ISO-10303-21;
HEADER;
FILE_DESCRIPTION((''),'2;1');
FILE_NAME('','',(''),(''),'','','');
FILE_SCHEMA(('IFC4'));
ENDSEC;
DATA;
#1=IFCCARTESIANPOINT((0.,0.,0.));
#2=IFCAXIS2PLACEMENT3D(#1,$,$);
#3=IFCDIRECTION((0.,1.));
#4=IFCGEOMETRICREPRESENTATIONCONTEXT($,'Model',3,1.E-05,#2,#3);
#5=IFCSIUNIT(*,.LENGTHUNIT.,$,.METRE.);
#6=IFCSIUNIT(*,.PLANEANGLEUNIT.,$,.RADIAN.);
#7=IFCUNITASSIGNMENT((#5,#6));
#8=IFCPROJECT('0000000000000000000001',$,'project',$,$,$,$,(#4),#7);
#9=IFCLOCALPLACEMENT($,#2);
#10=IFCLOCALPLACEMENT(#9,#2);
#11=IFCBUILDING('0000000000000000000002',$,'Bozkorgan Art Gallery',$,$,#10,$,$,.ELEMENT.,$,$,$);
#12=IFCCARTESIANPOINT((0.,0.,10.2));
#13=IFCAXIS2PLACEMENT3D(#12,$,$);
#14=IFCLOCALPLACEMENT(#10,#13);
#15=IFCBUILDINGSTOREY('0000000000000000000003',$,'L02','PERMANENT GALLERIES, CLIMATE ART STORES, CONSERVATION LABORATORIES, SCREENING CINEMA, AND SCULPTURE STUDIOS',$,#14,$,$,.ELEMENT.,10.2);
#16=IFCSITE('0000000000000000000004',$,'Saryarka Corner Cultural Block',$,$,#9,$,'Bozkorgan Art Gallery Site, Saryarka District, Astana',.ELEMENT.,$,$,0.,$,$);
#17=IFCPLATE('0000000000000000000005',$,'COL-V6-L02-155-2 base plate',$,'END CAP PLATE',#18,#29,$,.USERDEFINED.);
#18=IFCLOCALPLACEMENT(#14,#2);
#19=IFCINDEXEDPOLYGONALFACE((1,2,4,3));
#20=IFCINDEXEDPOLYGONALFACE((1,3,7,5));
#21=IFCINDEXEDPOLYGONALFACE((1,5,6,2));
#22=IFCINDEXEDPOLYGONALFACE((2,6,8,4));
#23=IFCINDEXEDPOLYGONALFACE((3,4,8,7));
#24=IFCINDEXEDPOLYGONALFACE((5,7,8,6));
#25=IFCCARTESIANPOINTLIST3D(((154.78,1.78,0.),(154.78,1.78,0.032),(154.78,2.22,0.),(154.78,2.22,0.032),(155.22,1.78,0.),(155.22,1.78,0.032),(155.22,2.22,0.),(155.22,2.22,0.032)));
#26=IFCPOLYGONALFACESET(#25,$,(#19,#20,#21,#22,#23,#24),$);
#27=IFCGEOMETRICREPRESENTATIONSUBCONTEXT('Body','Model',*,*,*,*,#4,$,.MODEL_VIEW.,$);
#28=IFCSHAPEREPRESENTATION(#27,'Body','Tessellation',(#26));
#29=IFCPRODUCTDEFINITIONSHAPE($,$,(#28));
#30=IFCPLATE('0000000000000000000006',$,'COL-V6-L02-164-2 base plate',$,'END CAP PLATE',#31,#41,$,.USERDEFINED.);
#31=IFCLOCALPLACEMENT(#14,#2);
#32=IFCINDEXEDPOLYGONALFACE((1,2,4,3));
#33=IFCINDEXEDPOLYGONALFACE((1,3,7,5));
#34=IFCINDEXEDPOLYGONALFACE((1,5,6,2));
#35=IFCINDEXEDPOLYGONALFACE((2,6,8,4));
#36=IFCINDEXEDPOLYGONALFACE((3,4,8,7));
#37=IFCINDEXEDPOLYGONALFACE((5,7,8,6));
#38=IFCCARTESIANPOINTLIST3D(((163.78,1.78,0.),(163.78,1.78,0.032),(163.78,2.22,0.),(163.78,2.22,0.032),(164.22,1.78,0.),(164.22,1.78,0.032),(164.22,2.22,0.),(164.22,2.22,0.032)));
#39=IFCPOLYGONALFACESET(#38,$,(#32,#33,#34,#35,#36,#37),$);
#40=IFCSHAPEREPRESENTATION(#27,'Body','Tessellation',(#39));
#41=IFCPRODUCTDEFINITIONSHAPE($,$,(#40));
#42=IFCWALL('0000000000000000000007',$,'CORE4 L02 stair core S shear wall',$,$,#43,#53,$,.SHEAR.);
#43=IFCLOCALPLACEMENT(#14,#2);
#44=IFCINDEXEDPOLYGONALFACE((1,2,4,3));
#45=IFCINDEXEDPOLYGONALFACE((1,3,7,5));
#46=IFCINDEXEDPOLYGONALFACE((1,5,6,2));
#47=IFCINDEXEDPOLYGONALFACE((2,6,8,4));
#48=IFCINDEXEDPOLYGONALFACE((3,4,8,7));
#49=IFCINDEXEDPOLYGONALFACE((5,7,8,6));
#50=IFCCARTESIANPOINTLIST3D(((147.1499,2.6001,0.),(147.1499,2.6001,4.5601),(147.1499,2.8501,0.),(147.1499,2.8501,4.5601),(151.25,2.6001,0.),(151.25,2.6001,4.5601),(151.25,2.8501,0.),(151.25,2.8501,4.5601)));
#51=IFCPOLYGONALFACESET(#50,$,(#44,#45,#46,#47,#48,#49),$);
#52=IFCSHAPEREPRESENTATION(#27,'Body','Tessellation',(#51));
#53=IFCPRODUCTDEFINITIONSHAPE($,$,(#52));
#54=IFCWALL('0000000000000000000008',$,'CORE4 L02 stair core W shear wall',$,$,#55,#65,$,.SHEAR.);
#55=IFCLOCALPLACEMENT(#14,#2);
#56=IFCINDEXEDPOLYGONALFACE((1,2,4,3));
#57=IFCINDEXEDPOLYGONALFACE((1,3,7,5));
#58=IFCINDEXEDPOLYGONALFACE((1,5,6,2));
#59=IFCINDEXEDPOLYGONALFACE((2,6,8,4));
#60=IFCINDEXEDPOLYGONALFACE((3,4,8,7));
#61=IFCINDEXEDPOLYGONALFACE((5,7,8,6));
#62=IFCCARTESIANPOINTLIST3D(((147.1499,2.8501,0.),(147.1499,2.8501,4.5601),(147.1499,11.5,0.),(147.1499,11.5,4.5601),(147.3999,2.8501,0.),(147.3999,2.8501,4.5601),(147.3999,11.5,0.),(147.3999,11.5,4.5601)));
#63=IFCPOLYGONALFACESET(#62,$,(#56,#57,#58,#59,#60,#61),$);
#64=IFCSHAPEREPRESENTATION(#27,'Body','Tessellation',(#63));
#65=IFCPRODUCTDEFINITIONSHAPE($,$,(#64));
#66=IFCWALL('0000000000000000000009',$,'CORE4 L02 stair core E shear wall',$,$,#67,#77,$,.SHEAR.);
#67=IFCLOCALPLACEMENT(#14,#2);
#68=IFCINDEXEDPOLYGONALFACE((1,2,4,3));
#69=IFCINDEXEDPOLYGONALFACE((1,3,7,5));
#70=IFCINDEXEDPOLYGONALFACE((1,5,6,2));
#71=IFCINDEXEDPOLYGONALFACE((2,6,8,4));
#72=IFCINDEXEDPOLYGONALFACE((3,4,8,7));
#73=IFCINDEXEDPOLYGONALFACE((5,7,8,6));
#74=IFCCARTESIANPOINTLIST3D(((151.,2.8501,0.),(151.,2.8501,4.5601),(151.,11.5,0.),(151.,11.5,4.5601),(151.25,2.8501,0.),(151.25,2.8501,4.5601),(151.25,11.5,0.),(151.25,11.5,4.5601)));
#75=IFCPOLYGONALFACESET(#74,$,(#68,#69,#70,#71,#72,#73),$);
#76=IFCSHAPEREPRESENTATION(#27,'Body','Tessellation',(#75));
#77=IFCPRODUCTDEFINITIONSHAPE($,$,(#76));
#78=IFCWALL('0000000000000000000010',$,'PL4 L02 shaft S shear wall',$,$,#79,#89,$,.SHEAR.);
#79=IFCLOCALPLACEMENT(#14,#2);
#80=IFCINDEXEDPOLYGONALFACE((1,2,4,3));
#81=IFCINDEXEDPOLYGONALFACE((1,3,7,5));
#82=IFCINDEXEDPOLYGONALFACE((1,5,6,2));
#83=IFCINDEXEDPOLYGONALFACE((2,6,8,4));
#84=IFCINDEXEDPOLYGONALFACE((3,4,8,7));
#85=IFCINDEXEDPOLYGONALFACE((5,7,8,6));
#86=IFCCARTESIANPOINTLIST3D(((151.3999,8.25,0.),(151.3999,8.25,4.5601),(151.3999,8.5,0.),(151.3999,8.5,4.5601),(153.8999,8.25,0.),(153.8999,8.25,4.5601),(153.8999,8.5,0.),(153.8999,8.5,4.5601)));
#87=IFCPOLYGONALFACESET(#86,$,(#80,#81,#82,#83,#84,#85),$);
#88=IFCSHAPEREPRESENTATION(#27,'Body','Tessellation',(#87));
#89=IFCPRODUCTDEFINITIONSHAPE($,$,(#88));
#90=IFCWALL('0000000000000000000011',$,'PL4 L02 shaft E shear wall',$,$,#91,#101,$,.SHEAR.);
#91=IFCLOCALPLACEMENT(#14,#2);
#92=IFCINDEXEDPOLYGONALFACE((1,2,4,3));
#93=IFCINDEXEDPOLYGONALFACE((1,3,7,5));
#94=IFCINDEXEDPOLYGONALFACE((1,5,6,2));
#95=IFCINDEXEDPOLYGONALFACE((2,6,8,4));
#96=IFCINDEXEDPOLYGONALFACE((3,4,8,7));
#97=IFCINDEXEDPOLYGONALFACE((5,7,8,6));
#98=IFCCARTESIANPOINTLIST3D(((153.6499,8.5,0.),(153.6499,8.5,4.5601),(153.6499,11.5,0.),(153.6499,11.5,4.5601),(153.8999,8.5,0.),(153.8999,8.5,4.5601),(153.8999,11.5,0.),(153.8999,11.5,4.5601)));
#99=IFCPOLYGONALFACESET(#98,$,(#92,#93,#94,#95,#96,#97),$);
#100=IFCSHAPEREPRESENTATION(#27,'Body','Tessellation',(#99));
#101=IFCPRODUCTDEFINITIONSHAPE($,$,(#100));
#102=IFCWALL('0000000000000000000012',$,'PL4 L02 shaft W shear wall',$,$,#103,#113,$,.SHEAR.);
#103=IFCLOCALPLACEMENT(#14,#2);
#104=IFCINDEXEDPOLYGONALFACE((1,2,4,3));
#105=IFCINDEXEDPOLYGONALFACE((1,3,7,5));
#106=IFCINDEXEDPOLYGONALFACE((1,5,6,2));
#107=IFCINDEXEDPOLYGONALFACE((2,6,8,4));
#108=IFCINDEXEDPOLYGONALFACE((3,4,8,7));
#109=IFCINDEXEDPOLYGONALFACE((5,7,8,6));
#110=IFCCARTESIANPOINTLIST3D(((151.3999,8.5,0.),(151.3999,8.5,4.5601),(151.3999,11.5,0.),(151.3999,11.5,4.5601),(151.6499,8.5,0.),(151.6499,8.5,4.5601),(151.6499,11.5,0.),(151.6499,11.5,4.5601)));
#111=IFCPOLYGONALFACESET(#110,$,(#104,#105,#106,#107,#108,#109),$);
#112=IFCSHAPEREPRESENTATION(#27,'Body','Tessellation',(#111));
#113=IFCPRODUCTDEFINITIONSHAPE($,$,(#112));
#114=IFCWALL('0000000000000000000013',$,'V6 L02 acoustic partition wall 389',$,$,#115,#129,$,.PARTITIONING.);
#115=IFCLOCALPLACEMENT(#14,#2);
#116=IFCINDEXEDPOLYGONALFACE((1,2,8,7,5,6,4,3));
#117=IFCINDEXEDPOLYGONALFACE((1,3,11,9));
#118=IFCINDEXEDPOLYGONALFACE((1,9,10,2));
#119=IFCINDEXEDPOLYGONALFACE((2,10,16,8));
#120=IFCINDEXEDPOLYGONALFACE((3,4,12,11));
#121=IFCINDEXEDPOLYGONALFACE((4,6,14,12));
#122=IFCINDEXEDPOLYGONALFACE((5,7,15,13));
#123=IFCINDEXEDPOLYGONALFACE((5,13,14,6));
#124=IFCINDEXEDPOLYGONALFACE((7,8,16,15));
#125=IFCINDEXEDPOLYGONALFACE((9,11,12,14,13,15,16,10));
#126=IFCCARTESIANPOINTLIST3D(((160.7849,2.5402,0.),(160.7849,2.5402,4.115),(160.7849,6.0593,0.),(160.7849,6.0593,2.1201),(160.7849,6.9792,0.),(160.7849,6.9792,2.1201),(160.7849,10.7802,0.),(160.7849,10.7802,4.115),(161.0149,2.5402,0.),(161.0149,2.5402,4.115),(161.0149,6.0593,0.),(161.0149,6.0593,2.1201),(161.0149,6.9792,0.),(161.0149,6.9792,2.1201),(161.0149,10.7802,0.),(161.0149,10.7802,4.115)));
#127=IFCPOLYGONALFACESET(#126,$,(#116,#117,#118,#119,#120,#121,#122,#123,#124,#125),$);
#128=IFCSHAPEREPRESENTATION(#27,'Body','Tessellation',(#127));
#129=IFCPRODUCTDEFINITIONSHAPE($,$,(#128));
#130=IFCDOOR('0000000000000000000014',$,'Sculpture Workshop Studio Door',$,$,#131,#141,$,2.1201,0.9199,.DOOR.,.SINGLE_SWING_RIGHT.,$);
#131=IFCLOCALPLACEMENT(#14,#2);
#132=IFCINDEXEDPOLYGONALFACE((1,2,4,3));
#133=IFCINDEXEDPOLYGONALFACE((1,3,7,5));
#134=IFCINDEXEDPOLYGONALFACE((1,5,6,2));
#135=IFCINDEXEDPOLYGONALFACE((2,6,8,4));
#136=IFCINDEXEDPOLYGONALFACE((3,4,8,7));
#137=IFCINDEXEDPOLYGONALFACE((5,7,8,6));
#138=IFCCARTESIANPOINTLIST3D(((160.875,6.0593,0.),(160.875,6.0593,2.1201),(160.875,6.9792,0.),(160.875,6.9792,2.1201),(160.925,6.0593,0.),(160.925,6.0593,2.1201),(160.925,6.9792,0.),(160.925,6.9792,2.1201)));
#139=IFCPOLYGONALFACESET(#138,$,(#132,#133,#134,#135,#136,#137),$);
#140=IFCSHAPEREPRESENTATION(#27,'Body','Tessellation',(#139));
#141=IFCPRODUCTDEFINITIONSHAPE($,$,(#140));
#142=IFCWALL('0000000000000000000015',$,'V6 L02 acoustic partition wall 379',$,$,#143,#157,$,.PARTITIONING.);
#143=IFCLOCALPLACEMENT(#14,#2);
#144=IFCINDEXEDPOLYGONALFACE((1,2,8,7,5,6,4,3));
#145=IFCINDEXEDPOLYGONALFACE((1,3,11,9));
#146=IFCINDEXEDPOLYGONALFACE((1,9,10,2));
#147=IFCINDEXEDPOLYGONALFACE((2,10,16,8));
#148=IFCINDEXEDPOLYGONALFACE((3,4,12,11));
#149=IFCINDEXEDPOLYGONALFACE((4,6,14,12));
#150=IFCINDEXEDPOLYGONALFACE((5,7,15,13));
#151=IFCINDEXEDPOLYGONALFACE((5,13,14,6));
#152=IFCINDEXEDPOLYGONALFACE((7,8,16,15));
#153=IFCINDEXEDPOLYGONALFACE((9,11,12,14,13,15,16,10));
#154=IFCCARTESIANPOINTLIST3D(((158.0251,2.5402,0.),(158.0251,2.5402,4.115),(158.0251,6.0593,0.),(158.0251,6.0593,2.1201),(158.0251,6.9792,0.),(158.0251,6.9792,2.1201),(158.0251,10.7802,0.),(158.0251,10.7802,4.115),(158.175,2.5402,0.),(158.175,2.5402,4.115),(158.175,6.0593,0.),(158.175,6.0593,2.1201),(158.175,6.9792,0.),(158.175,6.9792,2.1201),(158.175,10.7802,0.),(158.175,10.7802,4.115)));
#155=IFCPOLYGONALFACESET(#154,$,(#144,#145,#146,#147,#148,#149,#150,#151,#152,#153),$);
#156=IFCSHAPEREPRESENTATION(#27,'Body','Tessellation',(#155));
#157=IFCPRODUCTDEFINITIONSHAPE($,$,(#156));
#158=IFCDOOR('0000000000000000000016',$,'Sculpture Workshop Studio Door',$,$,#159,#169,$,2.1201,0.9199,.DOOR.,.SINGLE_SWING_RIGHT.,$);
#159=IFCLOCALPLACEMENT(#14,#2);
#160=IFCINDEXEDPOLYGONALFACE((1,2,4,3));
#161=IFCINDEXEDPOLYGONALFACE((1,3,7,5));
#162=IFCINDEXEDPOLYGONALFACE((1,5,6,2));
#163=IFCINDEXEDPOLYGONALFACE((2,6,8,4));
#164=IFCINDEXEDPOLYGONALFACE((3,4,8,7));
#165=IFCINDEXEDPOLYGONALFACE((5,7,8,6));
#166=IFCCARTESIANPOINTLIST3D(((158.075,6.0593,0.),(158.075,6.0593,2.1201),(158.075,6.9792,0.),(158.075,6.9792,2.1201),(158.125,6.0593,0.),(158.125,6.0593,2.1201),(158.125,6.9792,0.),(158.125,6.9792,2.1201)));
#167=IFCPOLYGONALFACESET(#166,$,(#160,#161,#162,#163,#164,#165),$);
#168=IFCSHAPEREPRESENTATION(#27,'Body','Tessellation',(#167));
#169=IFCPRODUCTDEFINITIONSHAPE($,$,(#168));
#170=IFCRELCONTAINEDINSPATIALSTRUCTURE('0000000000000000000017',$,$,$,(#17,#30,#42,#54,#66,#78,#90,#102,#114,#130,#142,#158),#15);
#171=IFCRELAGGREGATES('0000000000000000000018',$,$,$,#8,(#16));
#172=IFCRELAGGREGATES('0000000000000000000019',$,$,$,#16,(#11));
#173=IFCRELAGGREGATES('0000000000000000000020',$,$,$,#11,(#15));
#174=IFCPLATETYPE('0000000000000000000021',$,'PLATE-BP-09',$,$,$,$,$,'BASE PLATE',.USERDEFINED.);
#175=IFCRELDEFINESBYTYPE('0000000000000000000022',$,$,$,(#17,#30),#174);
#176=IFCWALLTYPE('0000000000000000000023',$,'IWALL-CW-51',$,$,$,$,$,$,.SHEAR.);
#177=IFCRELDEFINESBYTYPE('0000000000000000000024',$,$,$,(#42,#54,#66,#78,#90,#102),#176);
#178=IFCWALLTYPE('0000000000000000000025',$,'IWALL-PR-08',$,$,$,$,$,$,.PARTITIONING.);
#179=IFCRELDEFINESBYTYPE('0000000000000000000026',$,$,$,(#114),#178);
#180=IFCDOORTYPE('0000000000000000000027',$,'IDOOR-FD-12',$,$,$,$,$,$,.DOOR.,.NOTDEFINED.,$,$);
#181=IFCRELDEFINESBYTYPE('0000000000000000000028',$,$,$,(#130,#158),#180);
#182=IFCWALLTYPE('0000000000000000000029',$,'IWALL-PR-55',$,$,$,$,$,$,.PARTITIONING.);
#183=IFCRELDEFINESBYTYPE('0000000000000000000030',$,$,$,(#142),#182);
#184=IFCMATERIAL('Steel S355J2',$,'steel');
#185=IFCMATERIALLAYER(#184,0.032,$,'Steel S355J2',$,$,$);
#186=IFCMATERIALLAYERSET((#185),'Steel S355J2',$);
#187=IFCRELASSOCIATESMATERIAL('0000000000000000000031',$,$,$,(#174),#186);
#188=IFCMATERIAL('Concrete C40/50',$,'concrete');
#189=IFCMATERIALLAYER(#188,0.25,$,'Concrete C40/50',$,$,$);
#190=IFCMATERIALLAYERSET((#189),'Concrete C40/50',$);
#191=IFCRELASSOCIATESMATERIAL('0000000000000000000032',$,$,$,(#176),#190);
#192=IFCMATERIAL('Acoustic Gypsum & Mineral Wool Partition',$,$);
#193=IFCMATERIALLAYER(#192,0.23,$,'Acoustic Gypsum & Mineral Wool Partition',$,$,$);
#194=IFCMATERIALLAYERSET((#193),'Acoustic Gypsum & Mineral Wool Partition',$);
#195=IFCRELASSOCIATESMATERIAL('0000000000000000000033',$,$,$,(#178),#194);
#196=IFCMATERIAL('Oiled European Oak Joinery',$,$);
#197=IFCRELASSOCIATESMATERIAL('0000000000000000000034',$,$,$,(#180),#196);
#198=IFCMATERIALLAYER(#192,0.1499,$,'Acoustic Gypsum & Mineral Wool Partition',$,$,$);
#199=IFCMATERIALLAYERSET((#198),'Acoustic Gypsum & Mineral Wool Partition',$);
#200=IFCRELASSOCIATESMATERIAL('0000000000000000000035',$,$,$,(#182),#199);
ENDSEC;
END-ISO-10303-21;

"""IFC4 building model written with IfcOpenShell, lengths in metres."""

from ifc_helpers import new_model, si_unit, direction, frame, frame_2d, origin, origin_2d, place, context, subcontext, project, spatial, rectangle, extrude, material, layer, layer_set, type_object, element, fill, save


model = new_model("IFC4")

# Units and contexts
model_context = context("Model", 3, precision=1e-05, world=origin(), true_north=direction((0.0, 1.0)))
body_context = subcontext(model_context, "Body", "Model", "MODEL_VIEW")
ifc_project = project(units=[si_unit("LENGTHUNIT", "METRE"), si_unit("PLANEANGLEUNIT", "RADIAN")], contexts=[model_context])

# Site, building, storey
site_placement = place(None, origin())
site = spatial("IfcSite", under=ifc_project, at=site_placement, Name="Saryarka Corner Cultural Block", LongName="Bozkorgan Art Gallery Site, Saryarka District, Astana", CompositionType="ELEMENT", RefElevation=0.0)
building_placement = place(site_placement, origin())
building = spatial("IfcBuilding", under=site, at=building_placement, Name="Bozkorgan Art Gallery", CompositionType="ELEMENT")
storey_placement = place(building_placement, frame((0.0, 0.0, 10.2)))
storey = spatial("IfcBuildingStorey", under=building, at=storey_placement, Name="L02", Description="PERMANENT GALLERIES, CLIMATE ART STORES, CONSERVATION LABORATORIES, SCREENING CINEMA, AND SCULPTURE STUDIOS", CompositionType="ELEMENT", Elevation=10.2)

# Shared definitions
ifc_material_1 = material(Name="Steel S355J2", Category="steel")

# Plates
ifc_layer_1 = layer(ifc_material_1, 0.032, Name="Steel S355J2")
ifc_layer_set_1 = layer_set([ifc_layer_1], Name="Steel S355J2")
plate_type = type_object("IfcPlateType", Name="PLATE-BP-09", ElementType="BASE PLATE", PredefinedType="USERDEFINED", material=ifc_layer_set_1)
for number, where, z_axis, x_axis, name in (
    (1, (155.0, 2.0, 0.0), (0.0, 0.0, 1.0), (1.0, 0.0, 0.0), "COL-V6-L02-155-2 base plate"),
    (2, (164.0, 2.0, 0.0), (0.0, 0.0, 1.0), (1.0, 0.0, 0.0), "COL-V6-L02-164-2 base plate"),
):
    element("IfcPlate", number, at=place(storey_placement, frame(where, z_axis=z_axis, x_axis=x_axis)), inside=storey, type_object=plate_type, Name=name, ObjectType="END CAP PLATE", PredefinedType="USERDEFINED", context=body_context, shape_type="SweptSolid", body=[
        extrude(rectangle(XDim=0.4399, YDim=0.4399, at=origin_2d()), origin(), (0.0, 0.0, 1.0), 0.032),
    ])

# Walls
ifc_material_2 = material(Name="Concrete C40/50", Category="concrete")
ifc_layer_2 = layer(ifc_material_2, 0.25, Name="Concrete C40/50")
ifc_layer_set_2 = layer_set([ifc_layer_2], Name="Concrete C40/50")
wall_type_1 = type_object("IfcWallType", Name="IWALL-CW-51", PredefinedType="SHEAR", material=ifc_layer_set_2)
wall_1_placement = place(storey_placement, frame((147.1499, 2.7251, 0.0), z_axis=(0.0, 0.0, 1.0), x_axis=(1.0, 0.0, 0.0)))
element("IfcWall", 3, at=wall_1_placement, inside=storey, type_object=wall_type_1, Name="CORE4 L02 stair core S shear wall", PredefinedType="SHEAR", context=body_context, shape_type="SweptSolid", body=[
    extrude(rectangle(XDim=4.1001, YDim=0.25, at=frame_2d((2.05, 0.0))), origin(), (0.0, 0.0, 1.0), 4.5601),
])
for number, where, z_axis, x_axis, name in (
    (4, (147.2749, 2.8501, 0.0), (0.0, 0.0, 1.0), (0.0, 1.0, 0.0), "CORE4 L02 stair core W shear wall"),
    (5, (151.125, 2.8501, 0.0), (0.0, 0.0, 1.0), (0.0, 1.0, 0.0), "CORE4 L02 stair core E shear wall"),
):
    element("IfcWall", number, at=place(storey_placement, frame(where, z_axis=z_axis, x_axis=x_axis)), inside=storey, type_object=wall_type_1, Name=name, PredefinedType="SHEAR", context=body_context, shape_type="SweptSolid", body=[
        extrude(rectangle(XDim=8.6499, YDim=0.25, at=frame_2d((4.325, 0.0))), origin(), (0.0, 0.0, 1.0), 4.5601),
    ])
wall_2_placement = place(storey_placement, frame((151.3999, 8.375, 0.0), z_axis=(0.0, 0.0, 1.0), x_axis=(1.0, 0.0, 0.0)))
element("IfcWall", 6, at=wall_2_placement, inside=storey, type_object=wall_type_1, Name="PL4 L02 shaft S shear wall", PredefinedType="SHEAR", context=body_context, shape_type="SweptSolid", body=[
    extrude(rectangle(XDim=2.5, YDim=0.25, at=frame_2d((1.25, 0.0))), origin(), (0.0, 0.0, 1.0), 4.5601),
])
for number, where, z_axis, x_axis, name in (
    (7, (153.7749, 8.5, 0.0), (0.0, 0.0, 1.0), (0.0, 1.0, 0.0), "PL4 L02 shaft E shear wall"),
    (8, (151.5249, 8.5, 0.0), (0.0, 0.0, 1.0), (0.0, 1.0, 0.0), "PL4 L02 shaft W shear wall"),
):
    element("IfcWall", number, at=place(storey_placement, frame(where, z_axis=z_axis, x_axis=x_axis)), inside=storey, type_object=wall_type_1, Name=name, PredefinedType="SHEAR", context=body_context, shape_type="SweptSolid", body=[
        extrude(rectangle(XDim=3.0, YDim=0.25, at=frame_2d((1.5, 0.0))), origin(), (0.0, 0.0, 1.0), 4.5601),
    ])

# Walls, openings, doors
ifc_material_3 = material(Name="Acoustic Gypsum & Mineral Wool Partition")
ifc_layer_3 = layer(ifc_material_3, 0.23, Name="Acoustic Gypsum & Mineral Wool Partition")
ifc_layer_set_3 = layer_set([ifc_layer_3], Name="Acoustic Gypsum & Mineral Wool Partition")
wall_type_2 = type_object("IfcWallType", Name="IWALL-PR-08", PredefinedType="PARTITIONING", material=ifc_layer_set_3)
wall_3_placement = place(storey_placement, frame((160.8999, 2.54, 0.0), z_axis=(0.0, 0.0, 1.0), x_axis=(0.0, 1.0, 0.0)))
wall_3 = element("IfcWall", 9, at=wall_3_placement, inside=storey, type_object=wall_type_2, Name="V6 L02 acoustic partition wall 389", PredefinedType="PARTITIONING", context=body_context, shape_type="SweptSolid", body=[
    extrude(rectangle(XDim=8.24, YDim=0.23, at=frame_2d((4.1201, 0.0))), origin(), (0.0, 0.0, 1.0), 4.115),
])
opening_1_placement = place(wall_3_placement, frame((3.5193, 0.0, 0.0)))
opening_1 = element("IfcOpeningElement", 10, at=opening_1_placement, cuts=wall_3, PredefinedType="OPENING", context=body_context, shape_type="SweptSolid", body=[
    extrude(rectangle(XDim=0.9199, YDim=2.1201, at=frame_2d((0.46, 1.0601))), frame((0.0, 0.125, 0.0), z_axis=(0.0, -1.0, 0.0), x_axis=(1.0, 0.0, 0.0)), (0.0, 0.0, 1.0), 0.25),
])
ifc_material_4 = material(Name="Oiled European Oak Joinery")
door_type = type_object("IfcDoorType", Name="IDOOR-FD-12", OperationType="NOTDEFINED", PredefinedType="DOOR", material=ifc_material_4)
door_1_placement = place(opening_1_placement, origin())
door_1 = element("IfcDoor", 11, at=door_1_placement, inside=storey, type_object=door_type, Name="Sculpture Workshop Studio Door", OperationType="SINGLE_SWING_RIGHT", OverallHeight=2.1201, OverallWidth=0.9199, PredefinedType="DOOR", context=body_context, shape_type="SweptSolid", body=[
    extrude(rectangle(XDim=0.9199, YDim=2.1201, at=frame_2d((0.46, 1.0601))), frame((0.0, 0.0249, 0.0), z_axis=(0.0, -1.0, 0.0), x_axis=(1.0, 0.0, 0.0)), (0.0, 0.0, 1.0), 0.05),
])
fill(opening_1, door_1)
ifc_layer_4 = layer(ifc_material_3, 0.1499, Name="Acoustic Gypsum & Mineral Wool Partition")
ifc_layer_set_4 = layer_set([ifc_layer_4], Name="Acoustic Gypsum & Mineral Wool Partition")
wall_type_3 = type_object("IfcWallType", Name="IWALL-PR-55", PredefinedType="PARTITIONING", material=ifc_layer_set_4)
wall_4_placement = place(storey_placement, frame((158.1001, 2.54, 0.0), z_axis=(0.0, 0.0, 1.0), x_axis=(0.0, 1.0, 0.0)))
wall_4 = element("IfcWall", 12, at=wall_4_placement, inside=storey, type_object=wall_type_3, Name="V6 L02 acoustic partition wall 379", PredefinedType="PARTITIONING", context=body_context, shape_type="SweptSolid", body=[
    extrude(rectangle(XDim=8.24, YDim=0.1499, at=frame_2d((4.1201, 0.0))), origin(), (0.0, 0.0, 1.0), 4.115),
])
opening_2_placement = place(wall_4_placement, frame((4.4392, 0.0, 0.0), z_axis=(0.0, 0.0, 1.0), x_axis=(-1.0, 0.0, 0.0)))
opening_2 = element("IfcOpeningElement", 13, at=opening_2_placement, cuts=wall_4, PredefinedType="OPENING", context=body_context, shape_type="SweptSolid", body=[
    extrude(rectangle(XDim=0.9199, YDim=2.1201, at=frame_2d((0.46, 1.0601))), frame((0.0, 0.085, 0.0), z_axis=(0.0, -1.0, 0.0), x_axis=(1.0, 0.0, 0.0)), (0.0, 0.0, 1.0), 0.1699),
])
door_2_placement = place(opening_2_placement, origin())
door_2 = element("IfcDoor", 14, at=door_2_placement, inside=storey, type_object=door_type, Name="Sculpture Workshop Studio Door", OperationType="SINGLE_SWING_RIGHT", OverallHeight=2.1201, OverallWidth=0.9199, PredefinedType="DOOR", context=body_context, shape_type="SweptSolid", body=[
    extrude(rectangle(XDim=0.9199, YDim=2.1201, at=frame_2d((0.46, 1.0601))), frame((0.0, 0.0249, 0.0), z_axis=(0.0, -1.0, 0.0), x_axis=(1.0, 0.0, 0.0)), (0.0, 0.0, 1.0), 0.05),
])
fill(opening_2, door_2)

save(model, "model.ifc")
